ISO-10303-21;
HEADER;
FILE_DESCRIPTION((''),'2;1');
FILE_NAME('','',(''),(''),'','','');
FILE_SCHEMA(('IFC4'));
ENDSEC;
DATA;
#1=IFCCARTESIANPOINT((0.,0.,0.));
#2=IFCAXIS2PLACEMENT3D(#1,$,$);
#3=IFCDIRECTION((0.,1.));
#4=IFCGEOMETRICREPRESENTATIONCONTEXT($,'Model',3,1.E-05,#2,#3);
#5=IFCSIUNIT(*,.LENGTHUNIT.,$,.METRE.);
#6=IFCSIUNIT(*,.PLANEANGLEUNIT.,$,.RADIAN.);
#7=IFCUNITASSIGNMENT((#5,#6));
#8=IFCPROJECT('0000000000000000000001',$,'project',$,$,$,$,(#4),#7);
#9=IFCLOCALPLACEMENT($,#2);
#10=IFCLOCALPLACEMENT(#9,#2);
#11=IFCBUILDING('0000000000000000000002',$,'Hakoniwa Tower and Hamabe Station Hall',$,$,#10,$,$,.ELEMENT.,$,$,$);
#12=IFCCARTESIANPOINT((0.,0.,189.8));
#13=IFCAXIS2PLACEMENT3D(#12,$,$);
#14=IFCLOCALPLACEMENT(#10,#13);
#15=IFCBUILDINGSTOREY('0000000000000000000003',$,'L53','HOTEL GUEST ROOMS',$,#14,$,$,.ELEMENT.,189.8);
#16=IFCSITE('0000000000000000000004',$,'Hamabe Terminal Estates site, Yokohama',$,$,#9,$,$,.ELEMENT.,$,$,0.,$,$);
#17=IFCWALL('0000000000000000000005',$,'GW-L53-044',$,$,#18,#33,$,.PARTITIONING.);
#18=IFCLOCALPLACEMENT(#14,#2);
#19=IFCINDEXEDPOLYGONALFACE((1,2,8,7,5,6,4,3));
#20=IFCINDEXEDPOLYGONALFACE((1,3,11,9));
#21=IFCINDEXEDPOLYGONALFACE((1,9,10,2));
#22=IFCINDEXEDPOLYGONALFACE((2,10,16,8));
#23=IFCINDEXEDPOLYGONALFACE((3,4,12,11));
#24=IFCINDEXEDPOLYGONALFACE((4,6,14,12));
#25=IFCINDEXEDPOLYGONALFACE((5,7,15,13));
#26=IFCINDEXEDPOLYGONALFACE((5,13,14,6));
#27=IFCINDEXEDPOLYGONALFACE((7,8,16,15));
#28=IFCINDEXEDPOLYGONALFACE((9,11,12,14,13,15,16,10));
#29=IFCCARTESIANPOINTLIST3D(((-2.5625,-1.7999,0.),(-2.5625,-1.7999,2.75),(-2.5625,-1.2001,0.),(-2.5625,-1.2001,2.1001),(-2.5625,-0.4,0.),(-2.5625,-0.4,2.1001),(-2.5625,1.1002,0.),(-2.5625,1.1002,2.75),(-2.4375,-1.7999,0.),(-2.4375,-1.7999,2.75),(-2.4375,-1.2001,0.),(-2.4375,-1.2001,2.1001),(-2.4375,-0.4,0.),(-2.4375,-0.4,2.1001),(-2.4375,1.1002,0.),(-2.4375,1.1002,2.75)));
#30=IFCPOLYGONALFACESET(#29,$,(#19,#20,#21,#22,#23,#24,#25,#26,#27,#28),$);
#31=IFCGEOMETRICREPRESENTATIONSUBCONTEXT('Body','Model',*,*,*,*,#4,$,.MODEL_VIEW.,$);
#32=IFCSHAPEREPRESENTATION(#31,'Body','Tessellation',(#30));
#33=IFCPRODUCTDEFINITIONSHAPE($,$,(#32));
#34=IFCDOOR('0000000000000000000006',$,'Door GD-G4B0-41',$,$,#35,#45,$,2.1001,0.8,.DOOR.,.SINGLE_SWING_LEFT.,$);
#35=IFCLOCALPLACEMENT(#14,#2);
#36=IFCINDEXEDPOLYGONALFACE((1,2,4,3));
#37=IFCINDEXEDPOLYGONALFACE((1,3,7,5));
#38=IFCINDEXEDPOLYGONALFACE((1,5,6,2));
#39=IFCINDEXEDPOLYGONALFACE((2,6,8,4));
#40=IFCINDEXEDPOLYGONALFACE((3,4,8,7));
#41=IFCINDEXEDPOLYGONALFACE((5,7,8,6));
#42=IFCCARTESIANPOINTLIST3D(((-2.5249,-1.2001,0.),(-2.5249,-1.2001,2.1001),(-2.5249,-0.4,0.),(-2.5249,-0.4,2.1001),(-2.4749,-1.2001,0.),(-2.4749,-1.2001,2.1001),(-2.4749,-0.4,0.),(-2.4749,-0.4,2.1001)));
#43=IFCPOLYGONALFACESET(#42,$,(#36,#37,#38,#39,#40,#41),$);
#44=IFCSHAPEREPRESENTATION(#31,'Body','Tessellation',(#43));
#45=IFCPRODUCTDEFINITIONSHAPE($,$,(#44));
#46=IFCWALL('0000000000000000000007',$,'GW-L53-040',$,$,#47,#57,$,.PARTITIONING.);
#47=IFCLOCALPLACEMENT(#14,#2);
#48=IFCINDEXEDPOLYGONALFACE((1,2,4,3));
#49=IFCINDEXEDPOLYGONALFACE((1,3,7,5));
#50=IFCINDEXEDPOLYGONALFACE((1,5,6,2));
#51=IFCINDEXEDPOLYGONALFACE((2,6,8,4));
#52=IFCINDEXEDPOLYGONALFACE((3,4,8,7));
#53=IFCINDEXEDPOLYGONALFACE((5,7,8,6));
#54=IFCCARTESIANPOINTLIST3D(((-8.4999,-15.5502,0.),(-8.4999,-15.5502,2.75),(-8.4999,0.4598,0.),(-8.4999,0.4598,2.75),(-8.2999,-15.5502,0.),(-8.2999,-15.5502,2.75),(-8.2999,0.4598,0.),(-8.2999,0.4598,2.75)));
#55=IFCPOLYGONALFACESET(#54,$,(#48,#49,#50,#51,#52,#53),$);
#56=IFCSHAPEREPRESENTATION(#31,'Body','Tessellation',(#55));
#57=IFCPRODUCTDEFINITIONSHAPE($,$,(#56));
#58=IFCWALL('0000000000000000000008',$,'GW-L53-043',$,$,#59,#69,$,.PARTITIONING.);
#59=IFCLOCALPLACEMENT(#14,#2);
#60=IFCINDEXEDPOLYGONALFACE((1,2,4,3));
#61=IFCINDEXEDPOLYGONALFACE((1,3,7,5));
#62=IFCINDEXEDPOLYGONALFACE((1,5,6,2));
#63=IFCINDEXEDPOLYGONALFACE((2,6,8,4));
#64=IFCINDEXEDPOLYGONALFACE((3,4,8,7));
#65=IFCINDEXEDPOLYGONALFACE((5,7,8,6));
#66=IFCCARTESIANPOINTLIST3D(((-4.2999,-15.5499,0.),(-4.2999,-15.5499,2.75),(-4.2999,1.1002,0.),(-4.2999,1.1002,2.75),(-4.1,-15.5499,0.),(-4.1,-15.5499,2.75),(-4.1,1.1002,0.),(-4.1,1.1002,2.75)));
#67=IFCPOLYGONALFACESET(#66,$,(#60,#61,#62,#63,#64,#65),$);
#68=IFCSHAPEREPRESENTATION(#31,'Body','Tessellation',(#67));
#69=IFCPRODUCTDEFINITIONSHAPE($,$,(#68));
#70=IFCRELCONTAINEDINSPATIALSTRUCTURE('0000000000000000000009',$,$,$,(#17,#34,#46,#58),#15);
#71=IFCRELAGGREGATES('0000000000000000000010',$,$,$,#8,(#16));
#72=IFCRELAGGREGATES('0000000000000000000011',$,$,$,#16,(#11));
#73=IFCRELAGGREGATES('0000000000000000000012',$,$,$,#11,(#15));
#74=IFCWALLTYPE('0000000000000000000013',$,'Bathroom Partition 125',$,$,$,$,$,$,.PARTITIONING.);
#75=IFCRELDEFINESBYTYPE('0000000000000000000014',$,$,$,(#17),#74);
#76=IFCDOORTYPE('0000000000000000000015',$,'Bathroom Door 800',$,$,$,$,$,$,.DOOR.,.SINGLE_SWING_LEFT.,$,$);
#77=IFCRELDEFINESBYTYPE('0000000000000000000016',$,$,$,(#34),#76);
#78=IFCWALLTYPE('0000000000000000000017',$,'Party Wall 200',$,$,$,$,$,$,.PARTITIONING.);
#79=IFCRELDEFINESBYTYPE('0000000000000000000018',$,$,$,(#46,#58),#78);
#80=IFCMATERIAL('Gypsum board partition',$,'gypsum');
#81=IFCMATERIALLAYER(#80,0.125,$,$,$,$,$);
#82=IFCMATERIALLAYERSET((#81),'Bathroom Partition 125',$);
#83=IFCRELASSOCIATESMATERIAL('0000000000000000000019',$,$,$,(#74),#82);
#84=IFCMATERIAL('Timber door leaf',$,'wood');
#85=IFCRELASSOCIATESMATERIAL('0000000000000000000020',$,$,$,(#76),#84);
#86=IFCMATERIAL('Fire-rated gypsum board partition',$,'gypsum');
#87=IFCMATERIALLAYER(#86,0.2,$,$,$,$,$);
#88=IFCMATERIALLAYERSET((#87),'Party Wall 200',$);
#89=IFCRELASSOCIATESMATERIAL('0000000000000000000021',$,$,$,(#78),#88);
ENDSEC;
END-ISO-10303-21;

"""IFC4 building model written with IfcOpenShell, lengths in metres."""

from ifc_helpers import new_model, si_unit, direction, frame, frame_2d, origin, place, context, subcontext, project, spatial, rectangle, extrude, material, layer, layer_set, type_object, element, fill, save


model = new_model("IFC4")

# Units and contexts
model_context = context("Model", 3, precision=1e-05, world=origin(), true_north=direction((0.0, 1.0)))
body_context = subcontext(model_context, "Body", "Model", "MODEL_VIEW")
ifc_project = project(units=[si_unit("LENGTHUNIT", "METRE"), si_unit("PLANEANGLEUNIT", "RADIAN")], contexts=[model_context])

# Site, building, storey
site_placement = place(None, origin())
site = spatial("IfcSite", under=ifc_project, at=site_placement, Name="Hamabe Terminal Estates site, Yokohama", CompositionType="ELEMENT", RefElevation=0.0)
building_placement = place(site_placement, origin())
building = spatial("IfcBuilding", under=site, at=building_placement, Name="Hakoniwa Tower and Hamabe Station Hall", CompositionType="ELEMENT")
storey_placement = place(building_placement, frame((0.0, 0.0, 189.8)))
storey = spatial("IfcBuildingStorey", under=building, at=storey_placement, Name="L53", Description="HOTEL GUEST ROOMS", CompositionType="ELEMENT", Elevation=189.8)

# Shared definitions
ifc_material_1 = material(Name="Gypsum board partition", Category="gypsum")
ifc_layer_1 = layer(ifc_material_1, 0.125)
ifc_layer_set_1 = layer_set([ifc_layer_1], Name="Bathroom Partition 125")
wall_type_1 = type_object("IfcWallType", Name="Bathroom Partition 125", PredefinedType="PARTITIONING", material=ifc_layer_set_1)

# Wall, opening, door
ifc_material_2 = material(Name="Timber door leaf", Category="wood")
door_type = type_object("IfcDoorType", Name="Bathroom Door 800", OperationType="SINGLE_SWING_LEFT", PredefinedType="DOOR", material=ifc_material_2)
wall_1_placement = place(storey_placement, frame((-2.5, -1.8, 0.0), z_axis=(0.0, 0.0, 1.0), x_axis=(0.0, 1.0, 0.0)))
wall_1 = element("IfcWall", 1, at=wall_1_placement, inside=storey, type_object=wall_type_1, Name="GW-L53-044", PredefinedType="PARTITIONING", context=body_context, shape_type="SweptSolid", body=[
    extrude(rectangle(XDim=2.9001, YDim=0.125, at=frame_2d((1.4502, 0.0))), origin(), (0.0, 0.0, 1.0), 2.75),
])
opening_1_placement = place(wall_1_placement, frame((0.6001, 0.0, 0.0)))
opening_1 = element("IfcOpeningElement", 2, at=opening_1_placement, cuts=wall_1, PredefinedType="OPENING", context=body_context, shape_type="SweptSolid", body=[
    extrude(rectangle(XDim=0.8, YDim=2.1001, at=frame_2d((0.3999, 1.05))), frame((0.0, 0.0725, 0.0), z_axis=(0.0, -1.0, 0.0), x_axis=(1.0, 0.0, 0.0)), (0.0, 0.0, 1.0), 0.145),
])
door_1_placement = place(opening_1_placement, origin())
door_1 = element("IfcDoor", 3, at=door_1_placement, inside=storey, type_object=door_type, Name="Door GD-G4B0-41", OperationType="SINGLE_SWING_LEFT", OverallHeight=2.1001, OverallWidth=0.8, PredefinedType="DOOR", context=body_context, shape_type="SweptSolid", body=[
    extrude(rectangle(XDim=0.8, YDim=2.1001, at=frame_2d((0.3999, 1.05))), frame((0.0, 0.0249, 0.0), z_axis=(0.0, -1.0, 0.0), x_axis=(1.0, 0.0, 0.0)), (0.0, 0.0, 1.0), 0.05),
])
fill(opening_1, door_1)

# Walls
ifc_material_3 = material(Name="Fire-rated gypsum board partition", Category="gypsum")
ifc_layer_2 = layer(ifc_material_3, 0.2)
ifc_layer_set_2 = layer_set([ifc_layer_2], Name="Party Wall 200")
wall_type_2 = type_object("IfcWallType", Name="Party Wall 200", PredefinedType="PARTITIONING", material=ifc_layer_set_2)
wall_2_placement = place(storey_placement, frame((-8.3999, -15.55, 0.0), z_axis=(0.0, 0.0, 1.0), x_axis=(0.0, 1.0, 0.0)))
element("IfcWall", 4, at=wall_2_placement, inside=storey, type_object=wall_type_2, Name="GW-L53-040", PredefinedType="PARTITIONING", context=body_context, shape_type="SweptSolid", body=[
    extrude(rectangle(XDim=16.01, YDim=0.2, at=frame_2d((8.0049, 0.0))), origin(), (0.0, 0.0, 1.0), 2.75),
])
wall_3_placement = place(storey_placement, frame((-4.2, -15.55, 0.0), z_axis=(0.0, 0.0, 1.0), x_axis=(0.0, 1.0, 0.0)))
element("IfcWall", 5, at=wall_3_placement, inside=storey, type_object=wall_type_2, Name="GW-L53-043", PredefinedType="PARTITIONING", context=body_context, shape_type="SweptSolid", body=[
    extrude(rectangle(XDim=16.6501, YDim=0.2, at=frame_2d((8.3252, 0.0))), origin(), (0.0, 0.0, 1.0), 2.75),
])

save(model, "model.ifc")
